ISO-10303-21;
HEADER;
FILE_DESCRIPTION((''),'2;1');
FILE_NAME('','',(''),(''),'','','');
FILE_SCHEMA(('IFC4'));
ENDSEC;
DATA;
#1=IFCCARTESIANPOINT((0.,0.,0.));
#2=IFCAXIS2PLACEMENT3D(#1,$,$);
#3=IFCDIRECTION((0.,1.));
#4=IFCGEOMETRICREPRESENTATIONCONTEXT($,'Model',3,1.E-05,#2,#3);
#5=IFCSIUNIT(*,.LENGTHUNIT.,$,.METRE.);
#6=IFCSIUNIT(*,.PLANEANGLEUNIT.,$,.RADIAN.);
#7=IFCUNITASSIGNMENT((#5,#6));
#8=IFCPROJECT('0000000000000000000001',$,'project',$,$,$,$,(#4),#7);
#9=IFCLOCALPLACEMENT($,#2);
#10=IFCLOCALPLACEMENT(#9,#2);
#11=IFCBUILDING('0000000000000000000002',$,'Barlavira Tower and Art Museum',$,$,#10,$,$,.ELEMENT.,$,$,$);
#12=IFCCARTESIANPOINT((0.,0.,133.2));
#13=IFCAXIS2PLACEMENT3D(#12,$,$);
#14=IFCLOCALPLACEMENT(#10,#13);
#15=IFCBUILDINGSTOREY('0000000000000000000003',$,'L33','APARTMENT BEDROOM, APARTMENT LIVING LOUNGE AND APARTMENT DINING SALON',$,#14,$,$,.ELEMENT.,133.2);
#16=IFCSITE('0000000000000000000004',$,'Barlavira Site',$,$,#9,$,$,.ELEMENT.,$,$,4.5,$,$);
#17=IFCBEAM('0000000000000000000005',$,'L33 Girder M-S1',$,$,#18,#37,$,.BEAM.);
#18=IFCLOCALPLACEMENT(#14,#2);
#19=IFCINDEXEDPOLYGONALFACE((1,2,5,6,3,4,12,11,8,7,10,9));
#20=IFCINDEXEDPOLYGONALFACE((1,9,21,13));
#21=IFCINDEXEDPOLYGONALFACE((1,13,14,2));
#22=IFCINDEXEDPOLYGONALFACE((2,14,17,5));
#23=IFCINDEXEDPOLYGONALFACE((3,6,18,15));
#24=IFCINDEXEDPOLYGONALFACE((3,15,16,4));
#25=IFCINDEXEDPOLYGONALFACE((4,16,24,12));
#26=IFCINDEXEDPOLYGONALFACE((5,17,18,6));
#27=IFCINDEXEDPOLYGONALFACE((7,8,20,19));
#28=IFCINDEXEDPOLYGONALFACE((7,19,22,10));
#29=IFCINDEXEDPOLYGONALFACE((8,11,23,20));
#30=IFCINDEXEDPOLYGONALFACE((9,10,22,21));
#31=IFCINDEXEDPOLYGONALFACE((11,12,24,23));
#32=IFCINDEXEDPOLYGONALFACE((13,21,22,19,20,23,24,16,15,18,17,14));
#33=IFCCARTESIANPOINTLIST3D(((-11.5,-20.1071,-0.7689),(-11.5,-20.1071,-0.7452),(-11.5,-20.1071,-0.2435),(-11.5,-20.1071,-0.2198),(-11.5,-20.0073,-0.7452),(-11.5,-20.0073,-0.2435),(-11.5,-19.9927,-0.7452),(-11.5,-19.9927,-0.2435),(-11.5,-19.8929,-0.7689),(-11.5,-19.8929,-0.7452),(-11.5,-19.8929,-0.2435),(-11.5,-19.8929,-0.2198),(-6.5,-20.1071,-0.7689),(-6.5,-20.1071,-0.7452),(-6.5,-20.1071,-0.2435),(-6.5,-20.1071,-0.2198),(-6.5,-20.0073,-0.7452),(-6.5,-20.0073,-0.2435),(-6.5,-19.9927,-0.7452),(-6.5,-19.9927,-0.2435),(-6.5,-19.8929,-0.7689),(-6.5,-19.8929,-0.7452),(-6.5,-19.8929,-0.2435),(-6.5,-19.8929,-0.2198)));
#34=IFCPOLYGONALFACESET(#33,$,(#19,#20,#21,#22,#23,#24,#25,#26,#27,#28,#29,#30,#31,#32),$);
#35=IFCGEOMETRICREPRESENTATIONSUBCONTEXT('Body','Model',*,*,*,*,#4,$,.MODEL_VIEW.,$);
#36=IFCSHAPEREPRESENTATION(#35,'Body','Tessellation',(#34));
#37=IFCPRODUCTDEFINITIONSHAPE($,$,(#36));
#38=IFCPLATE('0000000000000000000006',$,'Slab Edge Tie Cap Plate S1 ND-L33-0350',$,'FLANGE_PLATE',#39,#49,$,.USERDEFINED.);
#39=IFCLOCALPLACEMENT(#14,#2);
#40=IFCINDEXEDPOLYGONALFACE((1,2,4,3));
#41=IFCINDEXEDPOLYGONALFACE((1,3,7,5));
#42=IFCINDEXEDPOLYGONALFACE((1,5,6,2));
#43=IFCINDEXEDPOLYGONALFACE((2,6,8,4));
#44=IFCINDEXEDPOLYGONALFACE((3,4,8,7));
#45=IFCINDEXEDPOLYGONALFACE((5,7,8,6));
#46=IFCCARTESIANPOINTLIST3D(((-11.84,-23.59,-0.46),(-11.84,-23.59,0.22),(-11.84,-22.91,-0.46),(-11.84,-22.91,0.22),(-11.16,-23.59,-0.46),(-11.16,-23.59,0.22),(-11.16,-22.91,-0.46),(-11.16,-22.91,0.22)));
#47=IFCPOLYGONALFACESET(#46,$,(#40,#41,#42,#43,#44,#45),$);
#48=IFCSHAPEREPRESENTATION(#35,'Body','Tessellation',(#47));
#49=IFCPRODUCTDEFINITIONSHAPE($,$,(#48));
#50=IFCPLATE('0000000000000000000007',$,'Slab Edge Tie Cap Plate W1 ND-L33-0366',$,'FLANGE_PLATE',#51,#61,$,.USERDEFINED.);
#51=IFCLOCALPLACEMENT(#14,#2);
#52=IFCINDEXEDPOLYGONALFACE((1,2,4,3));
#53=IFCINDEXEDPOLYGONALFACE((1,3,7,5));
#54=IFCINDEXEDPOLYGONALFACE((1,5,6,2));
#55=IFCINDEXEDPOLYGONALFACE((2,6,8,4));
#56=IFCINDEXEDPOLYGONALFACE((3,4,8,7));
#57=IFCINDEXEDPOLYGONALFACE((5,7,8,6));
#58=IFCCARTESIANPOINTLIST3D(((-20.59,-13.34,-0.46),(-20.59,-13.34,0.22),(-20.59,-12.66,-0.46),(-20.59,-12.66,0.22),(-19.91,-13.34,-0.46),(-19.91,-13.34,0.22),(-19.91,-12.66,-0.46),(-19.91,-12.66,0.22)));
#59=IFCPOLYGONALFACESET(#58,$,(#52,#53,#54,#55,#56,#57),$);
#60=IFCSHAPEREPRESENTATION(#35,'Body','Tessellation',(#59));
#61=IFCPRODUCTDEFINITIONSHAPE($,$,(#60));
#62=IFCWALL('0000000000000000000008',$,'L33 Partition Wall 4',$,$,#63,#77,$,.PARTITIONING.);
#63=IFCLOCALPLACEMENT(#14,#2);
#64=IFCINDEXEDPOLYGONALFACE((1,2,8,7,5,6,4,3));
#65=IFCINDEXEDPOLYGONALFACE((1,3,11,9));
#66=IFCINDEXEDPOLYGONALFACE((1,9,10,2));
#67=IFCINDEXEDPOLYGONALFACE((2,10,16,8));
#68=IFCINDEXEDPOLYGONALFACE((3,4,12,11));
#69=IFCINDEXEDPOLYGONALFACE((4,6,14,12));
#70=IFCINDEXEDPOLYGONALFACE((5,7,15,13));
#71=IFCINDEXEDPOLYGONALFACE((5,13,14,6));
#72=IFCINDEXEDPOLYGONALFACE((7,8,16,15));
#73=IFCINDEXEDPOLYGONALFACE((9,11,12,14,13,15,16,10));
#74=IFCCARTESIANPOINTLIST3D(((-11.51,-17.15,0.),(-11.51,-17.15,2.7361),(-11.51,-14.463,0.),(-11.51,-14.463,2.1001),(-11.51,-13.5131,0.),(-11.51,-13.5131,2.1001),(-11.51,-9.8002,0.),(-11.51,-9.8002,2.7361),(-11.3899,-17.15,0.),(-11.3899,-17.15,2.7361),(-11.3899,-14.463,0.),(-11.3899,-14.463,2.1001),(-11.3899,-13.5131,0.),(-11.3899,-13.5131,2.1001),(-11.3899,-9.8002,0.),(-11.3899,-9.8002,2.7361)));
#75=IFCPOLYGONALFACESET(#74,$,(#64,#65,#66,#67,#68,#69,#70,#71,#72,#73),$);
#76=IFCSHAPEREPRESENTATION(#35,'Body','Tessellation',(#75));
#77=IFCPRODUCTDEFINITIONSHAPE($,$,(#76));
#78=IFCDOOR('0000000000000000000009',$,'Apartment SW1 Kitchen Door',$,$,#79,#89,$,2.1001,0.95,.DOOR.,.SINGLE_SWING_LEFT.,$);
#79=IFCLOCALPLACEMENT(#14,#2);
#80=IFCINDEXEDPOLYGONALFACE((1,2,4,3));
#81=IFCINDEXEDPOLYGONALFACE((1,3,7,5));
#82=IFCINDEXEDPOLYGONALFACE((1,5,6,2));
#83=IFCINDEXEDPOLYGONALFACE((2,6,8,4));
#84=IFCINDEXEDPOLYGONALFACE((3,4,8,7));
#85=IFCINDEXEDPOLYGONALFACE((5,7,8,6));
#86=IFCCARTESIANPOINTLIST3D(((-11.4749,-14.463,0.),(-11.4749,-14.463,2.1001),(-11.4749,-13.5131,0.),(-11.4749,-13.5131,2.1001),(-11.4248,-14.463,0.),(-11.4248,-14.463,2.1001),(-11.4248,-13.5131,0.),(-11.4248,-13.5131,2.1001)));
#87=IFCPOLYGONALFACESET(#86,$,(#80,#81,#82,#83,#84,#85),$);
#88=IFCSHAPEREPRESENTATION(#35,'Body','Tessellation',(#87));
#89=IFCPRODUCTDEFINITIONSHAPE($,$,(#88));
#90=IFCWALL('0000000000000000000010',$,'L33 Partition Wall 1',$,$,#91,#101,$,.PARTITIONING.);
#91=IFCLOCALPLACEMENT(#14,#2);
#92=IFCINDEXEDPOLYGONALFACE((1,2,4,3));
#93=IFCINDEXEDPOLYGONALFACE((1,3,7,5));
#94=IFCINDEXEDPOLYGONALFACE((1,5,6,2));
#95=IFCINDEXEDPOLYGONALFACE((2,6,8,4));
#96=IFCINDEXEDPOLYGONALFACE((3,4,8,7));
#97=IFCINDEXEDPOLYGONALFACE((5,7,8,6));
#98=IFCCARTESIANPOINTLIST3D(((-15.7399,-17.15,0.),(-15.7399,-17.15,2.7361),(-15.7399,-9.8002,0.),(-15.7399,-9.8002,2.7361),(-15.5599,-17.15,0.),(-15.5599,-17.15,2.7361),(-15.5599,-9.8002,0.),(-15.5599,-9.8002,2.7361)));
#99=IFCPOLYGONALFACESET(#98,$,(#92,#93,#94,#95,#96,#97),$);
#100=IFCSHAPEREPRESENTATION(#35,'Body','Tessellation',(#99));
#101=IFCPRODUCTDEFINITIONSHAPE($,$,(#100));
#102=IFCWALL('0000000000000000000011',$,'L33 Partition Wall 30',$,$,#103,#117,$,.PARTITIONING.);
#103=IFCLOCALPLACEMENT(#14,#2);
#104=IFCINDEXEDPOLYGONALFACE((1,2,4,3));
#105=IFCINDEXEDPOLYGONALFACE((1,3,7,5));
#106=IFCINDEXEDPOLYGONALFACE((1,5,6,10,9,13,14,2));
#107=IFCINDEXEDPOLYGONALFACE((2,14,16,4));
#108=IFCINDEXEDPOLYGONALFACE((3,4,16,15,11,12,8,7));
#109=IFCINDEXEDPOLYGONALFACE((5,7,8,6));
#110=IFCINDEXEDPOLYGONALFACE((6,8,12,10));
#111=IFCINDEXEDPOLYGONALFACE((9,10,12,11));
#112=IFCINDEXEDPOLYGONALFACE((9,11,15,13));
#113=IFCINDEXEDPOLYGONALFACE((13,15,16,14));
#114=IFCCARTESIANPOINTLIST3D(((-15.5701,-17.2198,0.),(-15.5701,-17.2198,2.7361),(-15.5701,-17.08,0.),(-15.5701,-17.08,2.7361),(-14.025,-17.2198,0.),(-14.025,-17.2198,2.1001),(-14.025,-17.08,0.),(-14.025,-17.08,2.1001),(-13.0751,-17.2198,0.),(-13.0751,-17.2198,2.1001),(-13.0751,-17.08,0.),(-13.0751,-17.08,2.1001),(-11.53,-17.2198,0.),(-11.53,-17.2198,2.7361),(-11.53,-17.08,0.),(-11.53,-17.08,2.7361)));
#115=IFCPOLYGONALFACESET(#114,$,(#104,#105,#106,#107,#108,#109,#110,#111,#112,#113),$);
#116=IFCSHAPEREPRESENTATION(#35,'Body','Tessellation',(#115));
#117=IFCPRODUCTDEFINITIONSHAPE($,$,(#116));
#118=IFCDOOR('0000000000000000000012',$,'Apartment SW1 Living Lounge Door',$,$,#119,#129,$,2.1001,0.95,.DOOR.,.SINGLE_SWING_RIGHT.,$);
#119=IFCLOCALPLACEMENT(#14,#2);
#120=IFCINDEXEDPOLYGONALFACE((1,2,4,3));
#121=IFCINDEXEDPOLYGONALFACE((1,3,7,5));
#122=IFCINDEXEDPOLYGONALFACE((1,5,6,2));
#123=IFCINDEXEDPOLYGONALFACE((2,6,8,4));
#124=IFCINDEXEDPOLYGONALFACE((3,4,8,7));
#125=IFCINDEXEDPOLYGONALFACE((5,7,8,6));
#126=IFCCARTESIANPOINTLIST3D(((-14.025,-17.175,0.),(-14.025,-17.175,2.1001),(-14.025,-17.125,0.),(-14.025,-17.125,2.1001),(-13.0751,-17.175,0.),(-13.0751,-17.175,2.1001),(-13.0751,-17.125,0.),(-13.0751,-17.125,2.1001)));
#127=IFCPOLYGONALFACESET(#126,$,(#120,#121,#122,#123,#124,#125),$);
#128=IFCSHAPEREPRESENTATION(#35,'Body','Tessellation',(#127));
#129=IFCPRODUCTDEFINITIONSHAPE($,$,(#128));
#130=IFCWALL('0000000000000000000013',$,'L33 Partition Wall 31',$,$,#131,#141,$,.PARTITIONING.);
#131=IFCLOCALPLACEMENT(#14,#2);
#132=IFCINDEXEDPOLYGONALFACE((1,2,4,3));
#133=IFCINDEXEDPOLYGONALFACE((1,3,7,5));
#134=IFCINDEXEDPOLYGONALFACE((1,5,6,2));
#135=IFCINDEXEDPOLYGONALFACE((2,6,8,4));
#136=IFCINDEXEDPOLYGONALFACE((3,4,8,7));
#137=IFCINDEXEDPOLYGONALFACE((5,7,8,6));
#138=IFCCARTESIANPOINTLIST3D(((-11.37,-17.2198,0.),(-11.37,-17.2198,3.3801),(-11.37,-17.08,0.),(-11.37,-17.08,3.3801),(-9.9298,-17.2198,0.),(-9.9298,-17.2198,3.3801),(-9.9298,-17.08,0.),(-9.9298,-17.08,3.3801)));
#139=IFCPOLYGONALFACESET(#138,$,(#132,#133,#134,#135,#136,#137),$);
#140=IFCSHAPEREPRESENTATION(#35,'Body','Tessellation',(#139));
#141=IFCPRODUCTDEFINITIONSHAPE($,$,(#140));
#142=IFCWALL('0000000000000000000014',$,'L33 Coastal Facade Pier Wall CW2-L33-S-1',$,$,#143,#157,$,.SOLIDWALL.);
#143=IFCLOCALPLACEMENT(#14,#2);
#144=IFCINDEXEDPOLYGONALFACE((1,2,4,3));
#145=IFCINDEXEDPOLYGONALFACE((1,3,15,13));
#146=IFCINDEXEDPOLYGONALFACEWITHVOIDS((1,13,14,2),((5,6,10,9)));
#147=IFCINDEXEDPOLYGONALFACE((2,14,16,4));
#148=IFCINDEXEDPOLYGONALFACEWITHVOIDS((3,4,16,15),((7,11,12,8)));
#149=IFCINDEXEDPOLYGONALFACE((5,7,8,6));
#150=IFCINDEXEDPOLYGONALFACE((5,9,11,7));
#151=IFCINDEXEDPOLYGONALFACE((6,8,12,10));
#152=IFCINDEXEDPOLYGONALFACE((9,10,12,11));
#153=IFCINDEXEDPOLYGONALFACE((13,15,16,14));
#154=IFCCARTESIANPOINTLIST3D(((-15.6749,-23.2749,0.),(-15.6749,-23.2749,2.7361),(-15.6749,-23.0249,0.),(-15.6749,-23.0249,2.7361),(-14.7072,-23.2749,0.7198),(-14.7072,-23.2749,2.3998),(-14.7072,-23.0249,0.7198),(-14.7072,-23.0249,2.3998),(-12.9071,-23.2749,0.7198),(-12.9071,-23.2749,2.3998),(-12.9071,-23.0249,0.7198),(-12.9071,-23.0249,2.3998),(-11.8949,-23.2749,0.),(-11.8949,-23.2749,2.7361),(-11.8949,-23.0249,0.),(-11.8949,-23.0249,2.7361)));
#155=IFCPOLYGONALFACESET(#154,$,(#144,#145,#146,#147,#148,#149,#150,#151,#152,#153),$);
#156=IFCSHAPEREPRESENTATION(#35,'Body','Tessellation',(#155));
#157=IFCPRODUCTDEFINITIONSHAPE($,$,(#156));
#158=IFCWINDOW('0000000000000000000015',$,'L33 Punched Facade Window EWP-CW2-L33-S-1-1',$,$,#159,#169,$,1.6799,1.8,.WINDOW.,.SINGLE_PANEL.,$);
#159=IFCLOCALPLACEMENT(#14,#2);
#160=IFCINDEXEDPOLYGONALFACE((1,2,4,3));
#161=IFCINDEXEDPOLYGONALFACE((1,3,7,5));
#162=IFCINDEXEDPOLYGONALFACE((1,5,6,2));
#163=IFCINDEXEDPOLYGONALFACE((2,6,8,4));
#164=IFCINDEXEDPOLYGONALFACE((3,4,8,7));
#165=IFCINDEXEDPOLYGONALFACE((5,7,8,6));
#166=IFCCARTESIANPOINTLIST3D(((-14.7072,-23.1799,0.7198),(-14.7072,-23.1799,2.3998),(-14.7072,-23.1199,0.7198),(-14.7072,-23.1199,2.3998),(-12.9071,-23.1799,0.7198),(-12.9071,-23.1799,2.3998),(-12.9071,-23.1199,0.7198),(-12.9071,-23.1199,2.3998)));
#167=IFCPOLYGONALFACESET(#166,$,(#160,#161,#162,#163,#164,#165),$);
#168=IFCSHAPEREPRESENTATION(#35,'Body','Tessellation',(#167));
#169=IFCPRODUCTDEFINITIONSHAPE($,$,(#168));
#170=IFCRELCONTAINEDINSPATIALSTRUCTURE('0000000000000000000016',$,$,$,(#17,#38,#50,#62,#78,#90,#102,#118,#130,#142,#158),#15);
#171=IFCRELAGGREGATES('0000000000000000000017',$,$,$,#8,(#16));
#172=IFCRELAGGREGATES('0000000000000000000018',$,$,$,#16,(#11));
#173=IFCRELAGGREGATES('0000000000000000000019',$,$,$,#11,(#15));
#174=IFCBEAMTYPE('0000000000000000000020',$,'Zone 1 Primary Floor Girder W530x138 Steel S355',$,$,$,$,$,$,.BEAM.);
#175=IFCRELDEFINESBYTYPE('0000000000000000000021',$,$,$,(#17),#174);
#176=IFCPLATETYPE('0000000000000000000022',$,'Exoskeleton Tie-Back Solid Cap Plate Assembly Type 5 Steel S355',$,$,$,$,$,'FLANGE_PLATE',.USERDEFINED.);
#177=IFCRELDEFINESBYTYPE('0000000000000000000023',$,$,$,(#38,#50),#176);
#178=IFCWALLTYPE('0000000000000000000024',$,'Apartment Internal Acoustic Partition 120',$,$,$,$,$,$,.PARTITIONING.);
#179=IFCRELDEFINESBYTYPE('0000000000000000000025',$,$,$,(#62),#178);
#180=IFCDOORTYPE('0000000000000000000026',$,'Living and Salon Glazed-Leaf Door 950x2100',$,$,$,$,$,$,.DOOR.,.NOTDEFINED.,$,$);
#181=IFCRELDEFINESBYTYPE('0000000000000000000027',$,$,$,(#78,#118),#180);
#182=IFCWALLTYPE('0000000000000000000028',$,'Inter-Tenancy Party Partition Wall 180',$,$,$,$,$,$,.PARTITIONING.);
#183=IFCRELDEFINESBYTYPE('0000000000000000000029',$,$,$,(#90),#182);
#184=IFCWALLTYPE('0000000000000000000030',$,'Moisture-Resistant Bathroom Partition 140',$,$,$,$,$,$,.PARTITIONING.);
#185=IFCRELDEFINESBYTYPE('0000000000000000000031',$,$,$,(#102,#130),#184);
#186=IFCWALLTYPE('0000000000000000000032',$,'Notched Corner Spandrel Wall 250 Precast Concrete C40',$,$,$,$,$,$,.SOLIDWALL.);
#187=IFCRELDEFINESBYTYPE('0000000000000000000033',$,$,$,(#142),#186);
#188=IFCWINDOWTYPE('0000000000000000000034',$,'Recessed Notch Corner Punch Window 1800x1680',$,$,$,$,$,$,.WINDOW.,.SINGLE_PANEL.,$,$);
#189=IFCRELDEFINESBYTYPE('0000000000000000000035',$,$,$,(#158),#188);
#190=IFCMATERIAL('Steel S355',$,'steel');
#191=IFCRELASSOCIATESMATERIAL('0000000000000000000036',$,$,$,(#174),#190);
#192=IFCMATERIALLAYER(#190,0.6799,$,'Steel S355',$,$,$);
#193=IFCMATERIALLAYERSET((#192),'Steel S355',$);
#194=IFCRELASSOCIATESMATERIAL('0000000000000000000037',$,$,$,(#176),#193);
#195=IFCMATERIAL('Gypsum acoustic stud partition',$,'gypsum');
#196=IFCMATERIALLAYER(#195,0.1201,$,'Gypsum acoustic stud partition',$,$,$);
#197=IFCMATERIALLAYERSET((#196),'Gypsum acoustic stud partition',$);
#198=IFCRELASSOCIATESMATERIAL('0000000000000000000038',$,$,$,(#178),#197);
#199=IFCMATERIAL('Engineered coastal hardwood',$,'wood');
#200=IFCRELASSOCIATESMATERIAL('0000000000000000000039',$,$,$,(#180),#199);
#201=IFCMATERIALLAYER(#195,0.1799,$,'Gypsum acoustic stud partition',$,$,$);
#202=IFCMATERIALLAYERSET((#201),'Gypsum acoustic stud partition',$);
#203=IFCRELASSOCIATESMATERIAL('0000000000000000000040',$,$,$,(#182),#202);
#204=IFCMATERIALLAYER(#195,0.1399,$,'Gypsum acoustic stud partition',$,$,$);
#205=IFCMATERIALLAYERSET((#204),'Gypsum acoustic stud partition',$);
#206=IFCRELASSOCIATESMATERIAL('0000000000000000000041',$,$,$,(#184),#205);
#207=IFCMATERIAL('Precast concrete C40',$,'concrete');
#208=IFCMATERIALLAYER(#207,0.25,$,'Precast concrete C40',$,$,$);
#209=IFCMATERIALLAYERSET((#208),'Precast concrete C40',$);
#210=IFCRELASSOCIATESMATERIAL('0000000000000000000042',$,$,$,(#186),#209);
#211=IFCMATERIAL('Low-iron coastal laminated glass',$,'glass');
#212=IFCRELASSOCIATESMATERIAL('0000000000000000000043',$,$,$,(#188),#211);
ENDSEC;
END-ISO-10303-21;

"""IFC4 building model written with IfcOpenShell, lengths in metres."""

from ifc_helpers import new_model, si_unit, direction, frame, frame_2d, origin, origin_2d, place, context, subcontext, project, spatial, rectangle, i_section, extrude, material, layer, layer_set, material_profile, profile_set, type_object, element, fill, save


model = new_model("IFC4")

# Units and contexts
model_context = context("Model", 3, precision=1e-05, world=origin(), true_north=direction((0.0, 1.0)))
body_context = subcontext(model_context, "Body", "Model", "MODEL_VIEW")
ifc_project = project(units=[si_unit("LENGTHUNIT", "METRE"), si_unit("PLANEANGLEUNIT", "RADIAN")], contexts=[model_context])

# Site, building, storey
site_placement = place(None, origin())
site = spatial("IfcSite", under=ifc_project, at=site_placement, Name="Barlavira Site", CompositionType="ELEMENT", RefElevation=4.5)
building_placement = place(site_placement, origin())
building = spatial("IfcBuilding", under=site, at=building_placement, Name="Barlavira Tower and Art Museum", CompositionType="ELEMENT")
storey_placement = place(building_placement, frame((0.0, 0.0, 133.2)))
storey = spatial("IfcBuildingStorey", under=building, at=storey_placement, Name="L33", Description="APARTMENT BEDROOM, APARTMENT LIVING LOUNGE AND APARTMENT DINING SALON", CompositionType="ELEMENT", Elevation=133.2)

# Shared definitions
ifc_material_1 = material(Name="Steel S355", Category="steel")

# Beam
ifc_material_profile_1 = material_profile(ifc_material_1, i_section(OverallWidth=0.2141, OverallDepth=0.5491, WebThickness=0.0146, FlangeThickness=0.0237, at=origin_2d()), Name="W530x138.0")
ifc_profile_set_1 = profile_set([ifc_material_profile_1], Name="Steel S355")
beam_type_1 = type_object("IfcBeamType", Name="Zone 1 Primary Floor Girder W530x138 Steel S355", PredefinedType="BEAM", material=ifc_profile_set_1)
beam_1_placement = place(storey_placement, frame((-11.5, -20.0, -0.4944), z_axis=(1.0, 0.0, 0.0), x_axis=(0.0, 1.0, 0.0)))
element("IfcBeam", 1, at=beam_1_placement, inside=storey, type_object=beam_type_1, Name="L33 Girder M-S1", PredefinedType="BEAM", context=body_context, shape_type="SweptSolid", body=[
    extrude(i_section(OverallWidth=0.2141, OverallDepth=0.5491, WebThickness=0.0146, FlangeThickness=0.0237, at=origin_2d()), origin(), (0.0, 0.0, 1.0), 5.0),
])

# Plates
ifc_layer_1 = layer(ifc_material_1, 0.6799, Name="Steel S355")
ifc_layer_set_1 = layer_set([ifc_layer_1], Name="Steel S355")
plate_type = type_object("IfcPlateType", Name="Exoskeleton Tie-Back Solid Cap Plate Assembly Type 5 Steel S355", ElementType="FLANGE_PLATE", PredefinedType="USERDEFINED", material=ifc_layer_set_1)
for number, where, z_axis, x_axis, name in (
    (2, (-11.5, -23.25, -0.46), (0.0, 0.0, 1.0), (1.0, 0.0, 0.0), "Slab Edge Tie Cap Plate S1 ND-L33-0350"),
    (3, (-20.25, -13.0, -0.46), (0.0, 0.0, 1.0), (1.0, 0.0, 0.0), "Slab Edge Tie Cap Plate W1 ND-L33-0366"),
):
    element("IfcPlate", number, at=place(storey_placement, frame(where, z_axis=z_axis, x_axis=x_axis)), inside=storey, type_object=plate_type, Name=name, ObjectType="FLANGE_PLATE", PredefinedType="USERDEFINED", context=body_context, shape_type="SweptSolid", body=[
        extrude(rectangle(XDim=0.6799, YDim=0.6799, at=origin_2d()), origin(), (0.0, 0.0, 1.0), 0.6799),
    ])

# Wall, opening, door
ifc_material_2 = material(Name="Gypsum acoustic stud partition", Category="gypsum")
ifc_layer_2 = layer(ifc_material_2, 0.1201, Name="Gypsum acoustic stud partition")
ifc_layer_set_2 = layer_set([ifc_layer_2], Name="Gypsum acoustic stud partition")
wall_type_1 = type_object("IfcWallType", Name="Apartment Internal Acoustic Partition 120", PredefinedType="PARTITIONING", material=ifc_layer_set_2)
wall_1_placement = place(storey_placement, frame((-11.45, -17.1499, 0.0), z_axis=(0.0, 0.0, 1.0), x_axis=(0.0, 1.0, 0.0)))
wall_1 = element("IfcWall", 4, at=wall_1_placement, inside=storey, type_object=wall_type_1, Name="L33 Partition Wall 4", PredefinedType="PARTITIONING", context=body_context, shape_type="SweptSolid", body=[
    extrude(rectangle(XDim=7.3499, YDim=0.1201, at=frame_2d((3.6748, 0.0))), origin(), (0.0, 0.0, 1.0), 2.7361),
])
opening_1_placement = place(wall_1_placement, frame((2.6868, 0.0, 0.0)))
opening_1 = element("IfcOpeningElement", 5, at=opening_1_placement, cuts=wall_1, PredefinedType="OPENING", context=body_context, shape_type="SweptSolid", body=[
    extrude(rectangle(XDim=0.95, YDim=2.1001, at=frame_2d((0.4751, 1.05))), frame((0.0, 0.0701, 0.0), z_axis=(0.0, -1.0, 0.0), x_axis=(1.0, 0.0, 0.0)), (0.0, 0.0, 1.0), 0.1401),
])
ifc_material_3 = material(Name="Engineered coastal hardwood", Category="wood")
door_type = type_object("IfcDoorType", Name="Living and Salon Glazed-Leaf Door 950x2100", OperationType="NOTDEFINED", PredefinedType="DOOR", material=ifc_material_3)
door_1_placement = place(opening_1_placement, origin())
door_1 = element("IfcDoor", 6, at=door_1_placement, inside=storey, type_object=door_type, Name="Apartment SW1 Kitchen Door", OperationType="SINGLE_SWING_LEFT", OverallHeight=2.1001, OverallWidth=0.95, PredefinedType="DOOR", context=body_context, shape_type="SweptSolid", body=[
    extrude(rectangle(XDim=0.95, YDim=2.1001, at=frame_2d((0.4751, 1.05))), frame((0.0, 0.0249, 0.0), z_axis=(0.0, -1.0, 0.0), x_axis=(1.0, 0.0, 0.0)), (0.0, 0.0, 1.0), 0.05),
])
fill(opening_1, door_1)

# Wall
ifc_layer_3 = layer(ifc_material_2, 0.1799, Name="Gypsum acoustic stud partition")
ifc_layer_set_3 = layer_set([ifc_layer_3], Name="Gypsum acoustic stud partition")
wall_type_2 = type_object("IfcWallType", Name="Inter-Tenancy Party Partition Wall 180", PredefinedType="PARTITIONING", material=ifc_layer_set_3)
wall_2_placement = place(storey_placement, frame((-15.6499, -17.1499, 0.0), z_axis=(0.0, 0.0, 1.0), x_axis=(0.0, 1.0, 0.0)))
element("IfcWall", 7, at=wall_2_placement, inside=storey, type_object=wall_type_2, Name="L33 Partition Wall 1", PredefinedType="PARTITIONING", context=body_context, shape_type="SweptSolid", body=[
    extrude(rectangle(XDim=7.3499, YDim=0.1799, at=frame_2d((3.6748, 0.0))), origin(), (0.0, 0.0, 1.0), 2.7361),
])

# Wall, opening, door
ifc_layer_4 = layer(ifc_material_2, 0.1399, Name="Gypsum acoustic stud partition")
ifc_layer_set_4 = layer_set([ifc_layer_4], Name="Gypsum acoustic stud partition")
wall_type_3 = type_object("IfcWallType", Name="Moisture-Resistant Bathroom Partition 140", PredefinedType="PARTITIONING", material=ifc_layer_set_4)
wall_3_placement = place(storey_placement, frame((-15.5701, -17.1499, 0.0), z_axis=(0.0, 0.0, 1.0), x_axis=(1.0, 0.0, 0.0)))
wall_3 = element("IfcWall", 8, at=wall_3_placement, inside=storey, type_object=wall_type_3, Name="L33 Partition Wall 30", PredefinedType="PARTITIONING", context=body_context, shape_type="SweptSolid", body=[
    extrude(rectangle(XDim=4.04, YDim=0.1399, at=frame_2d((2.02, 0.0))), origin(), (0.0, 0.0, 1.0), 2.7361),
])
opening_2_placement = place(wall_3_placement, frame((1.5449, 0.0, 0.0)))
opening_2 = element("IfcOpeningElement", 9, at=opening_2_placement, cuts=wall_3, PredefinedType="OPENING", context=body_context, shape_type="SweptSolid", body=[
    extrude(rectangle(XDim=0.95, YDim=2.1001, at=frame_2d((0.4751, 1.05))), frame((0.0, 0.0801, 0.0), z_axis=(0.0, -1.0, 0.0), x_axis=(1.0, 0.0, 0.0)), (0.0, 0.0, 1.0), 0.1599),
])
door_2_placement = place(opening_2_placement, origin())
door_2 = element("IfcDoor", 10, at=door_2_placement, inside=storey, type_object=door_type, Name="Apartment SW1 Living Lounge Door", OperationType="SINGLE_SWING_RIGHT", OverallHeight=2.1001, OverallWidth=0.95, PredefinedType="DOOR", context=body_context, shape_type="SweptSolid", body=[
    extrude(rectangle(XDim=0.95, YDim=2.1001, at=frame_2d((0.4751, 1.05))), frame((0.0, 0.0249, 0.0), z_axis=(0.0, -1.0, 0.0), x_axis=(1.0, 0.0, 0.0)), (0.0, 0.0, 1.0), 0.05),
])
fill(opening_2, door_2)

# Wall
wall_4_placement = place(storey_placement, frame((-11.3701, -17.1499, 0.0), z_axis=(0.0, 0.0, 1.0), x_axis=(1.0, 0.0, 0.0)))
element("IfcWall", 11, at=wall_4_placement, inside=storey, type_object=wall_type_3, Name="L33 Partition Wall 31", PredefinedType="PARTITIONING", context=body_context, shape_type="SweptSolid", body=[
    extrude(rectangle(XDim=1.4402, YDim=0.1399, at=frame_2d((0.7202, 0.0))), origin(), (0.0, 0.0, 1.0), 3.3801),
])

# Wall, opening, window
ifc_material_4 = material(Name="Precast concrete C40", Category="concrete")
ifc_layer_5 = layer(ifc_material_4, 0.25, Name="Precast concrete C40")
ifc_layer_set_5 = layer_set([ifc_layer_5], Name="Precast concrete C40")
wall_type_4 = type_object("IfcWallType", Name="Notched Corner Spandrel Wall 250 Precast Concrete C40", PredefinedType="SOLIDWALL", material=ifc_layer_set_5)
wall_5_placement = place(storey_placement, frame((-15.675, -23.1499, 0.0), z_axis=(0.0, 0.0, 1.0), x_axis=(1.0, 0.0, 0.0)))
wall_5 = element("IfcWall", 12, at=wall_5_placement, inside=storey, type_object=wall_type_4, Name="L33 Coastal Facade Pier Wall CW2-L33-S-1", PredefinedType="SOLIDWALL", context=body_context, shape_type="SweptSolid", body=[
    extrude(rectangle(XDim=3.78, YDim=0.25, at=frame_2d((1.8901, 0.0))), origin(), (0.0, 0.0, 1.0), 2.7361),
])
opening_3_placement = place(wall_5_placement, frame((0.968, 0.0, 0.72)))
opening_3 = element("IfcOpeningElement", 13, at=opening_3_placement, cuts=wall_5, PredefinedType="OPENING", context=body_context, shape_type="SweptSolid", body=[
    extrude(rectangle(XDim=1.8, YDim=1.6799, at=frame_2d((0.8999, 0.8398))), frame((0.0, 0.135, 0.0), z_axis=(0.0, -1.0, 0.0), x_axis=(1.0, 0.0, 0.0)), (0.0, 0.0, 1.0), 0.27),
])
ifc_material_5 = material(Name="Low-iron coastal laminated glass", Category="glass")
window_type = type_object("IfcWindowType", Name="Recessed Notch Corner Punch Window 1800x1680", PartitioningType="SINGLE_PANEL", PredefinedType="WINDOW", material=ifc_material_5)
window_1_placement = place(opening_3_placement, origin())
window_1 = element("IfcWindow", 14, at=window_1_placement, inside=storey, type_object=window_type, Name="L33 Punched Facade Window EWP-CW2-L33-S-1-1", OverallHeight=1.6799, OverallWidth=1.8, PartitioningType="SINGLE_PANEL", PredefinedType="WINDOW", context=body_context, shape_type="SweptSolid", body=[
    extrude(rectangle(XDim=1.8, YDim=1.6799, at=frame_2d((0.8999, 0.8398))), frame((0.0, 0.03, 0.0), z_axis=(0.0, -1.0, 0.0), x_axis=(1.0, 0.0, 0.0)), (0.0, 0.0, 1.0), 0.0601),
])
fill(opening_3, window_1)

save(model, "model.ifc")
